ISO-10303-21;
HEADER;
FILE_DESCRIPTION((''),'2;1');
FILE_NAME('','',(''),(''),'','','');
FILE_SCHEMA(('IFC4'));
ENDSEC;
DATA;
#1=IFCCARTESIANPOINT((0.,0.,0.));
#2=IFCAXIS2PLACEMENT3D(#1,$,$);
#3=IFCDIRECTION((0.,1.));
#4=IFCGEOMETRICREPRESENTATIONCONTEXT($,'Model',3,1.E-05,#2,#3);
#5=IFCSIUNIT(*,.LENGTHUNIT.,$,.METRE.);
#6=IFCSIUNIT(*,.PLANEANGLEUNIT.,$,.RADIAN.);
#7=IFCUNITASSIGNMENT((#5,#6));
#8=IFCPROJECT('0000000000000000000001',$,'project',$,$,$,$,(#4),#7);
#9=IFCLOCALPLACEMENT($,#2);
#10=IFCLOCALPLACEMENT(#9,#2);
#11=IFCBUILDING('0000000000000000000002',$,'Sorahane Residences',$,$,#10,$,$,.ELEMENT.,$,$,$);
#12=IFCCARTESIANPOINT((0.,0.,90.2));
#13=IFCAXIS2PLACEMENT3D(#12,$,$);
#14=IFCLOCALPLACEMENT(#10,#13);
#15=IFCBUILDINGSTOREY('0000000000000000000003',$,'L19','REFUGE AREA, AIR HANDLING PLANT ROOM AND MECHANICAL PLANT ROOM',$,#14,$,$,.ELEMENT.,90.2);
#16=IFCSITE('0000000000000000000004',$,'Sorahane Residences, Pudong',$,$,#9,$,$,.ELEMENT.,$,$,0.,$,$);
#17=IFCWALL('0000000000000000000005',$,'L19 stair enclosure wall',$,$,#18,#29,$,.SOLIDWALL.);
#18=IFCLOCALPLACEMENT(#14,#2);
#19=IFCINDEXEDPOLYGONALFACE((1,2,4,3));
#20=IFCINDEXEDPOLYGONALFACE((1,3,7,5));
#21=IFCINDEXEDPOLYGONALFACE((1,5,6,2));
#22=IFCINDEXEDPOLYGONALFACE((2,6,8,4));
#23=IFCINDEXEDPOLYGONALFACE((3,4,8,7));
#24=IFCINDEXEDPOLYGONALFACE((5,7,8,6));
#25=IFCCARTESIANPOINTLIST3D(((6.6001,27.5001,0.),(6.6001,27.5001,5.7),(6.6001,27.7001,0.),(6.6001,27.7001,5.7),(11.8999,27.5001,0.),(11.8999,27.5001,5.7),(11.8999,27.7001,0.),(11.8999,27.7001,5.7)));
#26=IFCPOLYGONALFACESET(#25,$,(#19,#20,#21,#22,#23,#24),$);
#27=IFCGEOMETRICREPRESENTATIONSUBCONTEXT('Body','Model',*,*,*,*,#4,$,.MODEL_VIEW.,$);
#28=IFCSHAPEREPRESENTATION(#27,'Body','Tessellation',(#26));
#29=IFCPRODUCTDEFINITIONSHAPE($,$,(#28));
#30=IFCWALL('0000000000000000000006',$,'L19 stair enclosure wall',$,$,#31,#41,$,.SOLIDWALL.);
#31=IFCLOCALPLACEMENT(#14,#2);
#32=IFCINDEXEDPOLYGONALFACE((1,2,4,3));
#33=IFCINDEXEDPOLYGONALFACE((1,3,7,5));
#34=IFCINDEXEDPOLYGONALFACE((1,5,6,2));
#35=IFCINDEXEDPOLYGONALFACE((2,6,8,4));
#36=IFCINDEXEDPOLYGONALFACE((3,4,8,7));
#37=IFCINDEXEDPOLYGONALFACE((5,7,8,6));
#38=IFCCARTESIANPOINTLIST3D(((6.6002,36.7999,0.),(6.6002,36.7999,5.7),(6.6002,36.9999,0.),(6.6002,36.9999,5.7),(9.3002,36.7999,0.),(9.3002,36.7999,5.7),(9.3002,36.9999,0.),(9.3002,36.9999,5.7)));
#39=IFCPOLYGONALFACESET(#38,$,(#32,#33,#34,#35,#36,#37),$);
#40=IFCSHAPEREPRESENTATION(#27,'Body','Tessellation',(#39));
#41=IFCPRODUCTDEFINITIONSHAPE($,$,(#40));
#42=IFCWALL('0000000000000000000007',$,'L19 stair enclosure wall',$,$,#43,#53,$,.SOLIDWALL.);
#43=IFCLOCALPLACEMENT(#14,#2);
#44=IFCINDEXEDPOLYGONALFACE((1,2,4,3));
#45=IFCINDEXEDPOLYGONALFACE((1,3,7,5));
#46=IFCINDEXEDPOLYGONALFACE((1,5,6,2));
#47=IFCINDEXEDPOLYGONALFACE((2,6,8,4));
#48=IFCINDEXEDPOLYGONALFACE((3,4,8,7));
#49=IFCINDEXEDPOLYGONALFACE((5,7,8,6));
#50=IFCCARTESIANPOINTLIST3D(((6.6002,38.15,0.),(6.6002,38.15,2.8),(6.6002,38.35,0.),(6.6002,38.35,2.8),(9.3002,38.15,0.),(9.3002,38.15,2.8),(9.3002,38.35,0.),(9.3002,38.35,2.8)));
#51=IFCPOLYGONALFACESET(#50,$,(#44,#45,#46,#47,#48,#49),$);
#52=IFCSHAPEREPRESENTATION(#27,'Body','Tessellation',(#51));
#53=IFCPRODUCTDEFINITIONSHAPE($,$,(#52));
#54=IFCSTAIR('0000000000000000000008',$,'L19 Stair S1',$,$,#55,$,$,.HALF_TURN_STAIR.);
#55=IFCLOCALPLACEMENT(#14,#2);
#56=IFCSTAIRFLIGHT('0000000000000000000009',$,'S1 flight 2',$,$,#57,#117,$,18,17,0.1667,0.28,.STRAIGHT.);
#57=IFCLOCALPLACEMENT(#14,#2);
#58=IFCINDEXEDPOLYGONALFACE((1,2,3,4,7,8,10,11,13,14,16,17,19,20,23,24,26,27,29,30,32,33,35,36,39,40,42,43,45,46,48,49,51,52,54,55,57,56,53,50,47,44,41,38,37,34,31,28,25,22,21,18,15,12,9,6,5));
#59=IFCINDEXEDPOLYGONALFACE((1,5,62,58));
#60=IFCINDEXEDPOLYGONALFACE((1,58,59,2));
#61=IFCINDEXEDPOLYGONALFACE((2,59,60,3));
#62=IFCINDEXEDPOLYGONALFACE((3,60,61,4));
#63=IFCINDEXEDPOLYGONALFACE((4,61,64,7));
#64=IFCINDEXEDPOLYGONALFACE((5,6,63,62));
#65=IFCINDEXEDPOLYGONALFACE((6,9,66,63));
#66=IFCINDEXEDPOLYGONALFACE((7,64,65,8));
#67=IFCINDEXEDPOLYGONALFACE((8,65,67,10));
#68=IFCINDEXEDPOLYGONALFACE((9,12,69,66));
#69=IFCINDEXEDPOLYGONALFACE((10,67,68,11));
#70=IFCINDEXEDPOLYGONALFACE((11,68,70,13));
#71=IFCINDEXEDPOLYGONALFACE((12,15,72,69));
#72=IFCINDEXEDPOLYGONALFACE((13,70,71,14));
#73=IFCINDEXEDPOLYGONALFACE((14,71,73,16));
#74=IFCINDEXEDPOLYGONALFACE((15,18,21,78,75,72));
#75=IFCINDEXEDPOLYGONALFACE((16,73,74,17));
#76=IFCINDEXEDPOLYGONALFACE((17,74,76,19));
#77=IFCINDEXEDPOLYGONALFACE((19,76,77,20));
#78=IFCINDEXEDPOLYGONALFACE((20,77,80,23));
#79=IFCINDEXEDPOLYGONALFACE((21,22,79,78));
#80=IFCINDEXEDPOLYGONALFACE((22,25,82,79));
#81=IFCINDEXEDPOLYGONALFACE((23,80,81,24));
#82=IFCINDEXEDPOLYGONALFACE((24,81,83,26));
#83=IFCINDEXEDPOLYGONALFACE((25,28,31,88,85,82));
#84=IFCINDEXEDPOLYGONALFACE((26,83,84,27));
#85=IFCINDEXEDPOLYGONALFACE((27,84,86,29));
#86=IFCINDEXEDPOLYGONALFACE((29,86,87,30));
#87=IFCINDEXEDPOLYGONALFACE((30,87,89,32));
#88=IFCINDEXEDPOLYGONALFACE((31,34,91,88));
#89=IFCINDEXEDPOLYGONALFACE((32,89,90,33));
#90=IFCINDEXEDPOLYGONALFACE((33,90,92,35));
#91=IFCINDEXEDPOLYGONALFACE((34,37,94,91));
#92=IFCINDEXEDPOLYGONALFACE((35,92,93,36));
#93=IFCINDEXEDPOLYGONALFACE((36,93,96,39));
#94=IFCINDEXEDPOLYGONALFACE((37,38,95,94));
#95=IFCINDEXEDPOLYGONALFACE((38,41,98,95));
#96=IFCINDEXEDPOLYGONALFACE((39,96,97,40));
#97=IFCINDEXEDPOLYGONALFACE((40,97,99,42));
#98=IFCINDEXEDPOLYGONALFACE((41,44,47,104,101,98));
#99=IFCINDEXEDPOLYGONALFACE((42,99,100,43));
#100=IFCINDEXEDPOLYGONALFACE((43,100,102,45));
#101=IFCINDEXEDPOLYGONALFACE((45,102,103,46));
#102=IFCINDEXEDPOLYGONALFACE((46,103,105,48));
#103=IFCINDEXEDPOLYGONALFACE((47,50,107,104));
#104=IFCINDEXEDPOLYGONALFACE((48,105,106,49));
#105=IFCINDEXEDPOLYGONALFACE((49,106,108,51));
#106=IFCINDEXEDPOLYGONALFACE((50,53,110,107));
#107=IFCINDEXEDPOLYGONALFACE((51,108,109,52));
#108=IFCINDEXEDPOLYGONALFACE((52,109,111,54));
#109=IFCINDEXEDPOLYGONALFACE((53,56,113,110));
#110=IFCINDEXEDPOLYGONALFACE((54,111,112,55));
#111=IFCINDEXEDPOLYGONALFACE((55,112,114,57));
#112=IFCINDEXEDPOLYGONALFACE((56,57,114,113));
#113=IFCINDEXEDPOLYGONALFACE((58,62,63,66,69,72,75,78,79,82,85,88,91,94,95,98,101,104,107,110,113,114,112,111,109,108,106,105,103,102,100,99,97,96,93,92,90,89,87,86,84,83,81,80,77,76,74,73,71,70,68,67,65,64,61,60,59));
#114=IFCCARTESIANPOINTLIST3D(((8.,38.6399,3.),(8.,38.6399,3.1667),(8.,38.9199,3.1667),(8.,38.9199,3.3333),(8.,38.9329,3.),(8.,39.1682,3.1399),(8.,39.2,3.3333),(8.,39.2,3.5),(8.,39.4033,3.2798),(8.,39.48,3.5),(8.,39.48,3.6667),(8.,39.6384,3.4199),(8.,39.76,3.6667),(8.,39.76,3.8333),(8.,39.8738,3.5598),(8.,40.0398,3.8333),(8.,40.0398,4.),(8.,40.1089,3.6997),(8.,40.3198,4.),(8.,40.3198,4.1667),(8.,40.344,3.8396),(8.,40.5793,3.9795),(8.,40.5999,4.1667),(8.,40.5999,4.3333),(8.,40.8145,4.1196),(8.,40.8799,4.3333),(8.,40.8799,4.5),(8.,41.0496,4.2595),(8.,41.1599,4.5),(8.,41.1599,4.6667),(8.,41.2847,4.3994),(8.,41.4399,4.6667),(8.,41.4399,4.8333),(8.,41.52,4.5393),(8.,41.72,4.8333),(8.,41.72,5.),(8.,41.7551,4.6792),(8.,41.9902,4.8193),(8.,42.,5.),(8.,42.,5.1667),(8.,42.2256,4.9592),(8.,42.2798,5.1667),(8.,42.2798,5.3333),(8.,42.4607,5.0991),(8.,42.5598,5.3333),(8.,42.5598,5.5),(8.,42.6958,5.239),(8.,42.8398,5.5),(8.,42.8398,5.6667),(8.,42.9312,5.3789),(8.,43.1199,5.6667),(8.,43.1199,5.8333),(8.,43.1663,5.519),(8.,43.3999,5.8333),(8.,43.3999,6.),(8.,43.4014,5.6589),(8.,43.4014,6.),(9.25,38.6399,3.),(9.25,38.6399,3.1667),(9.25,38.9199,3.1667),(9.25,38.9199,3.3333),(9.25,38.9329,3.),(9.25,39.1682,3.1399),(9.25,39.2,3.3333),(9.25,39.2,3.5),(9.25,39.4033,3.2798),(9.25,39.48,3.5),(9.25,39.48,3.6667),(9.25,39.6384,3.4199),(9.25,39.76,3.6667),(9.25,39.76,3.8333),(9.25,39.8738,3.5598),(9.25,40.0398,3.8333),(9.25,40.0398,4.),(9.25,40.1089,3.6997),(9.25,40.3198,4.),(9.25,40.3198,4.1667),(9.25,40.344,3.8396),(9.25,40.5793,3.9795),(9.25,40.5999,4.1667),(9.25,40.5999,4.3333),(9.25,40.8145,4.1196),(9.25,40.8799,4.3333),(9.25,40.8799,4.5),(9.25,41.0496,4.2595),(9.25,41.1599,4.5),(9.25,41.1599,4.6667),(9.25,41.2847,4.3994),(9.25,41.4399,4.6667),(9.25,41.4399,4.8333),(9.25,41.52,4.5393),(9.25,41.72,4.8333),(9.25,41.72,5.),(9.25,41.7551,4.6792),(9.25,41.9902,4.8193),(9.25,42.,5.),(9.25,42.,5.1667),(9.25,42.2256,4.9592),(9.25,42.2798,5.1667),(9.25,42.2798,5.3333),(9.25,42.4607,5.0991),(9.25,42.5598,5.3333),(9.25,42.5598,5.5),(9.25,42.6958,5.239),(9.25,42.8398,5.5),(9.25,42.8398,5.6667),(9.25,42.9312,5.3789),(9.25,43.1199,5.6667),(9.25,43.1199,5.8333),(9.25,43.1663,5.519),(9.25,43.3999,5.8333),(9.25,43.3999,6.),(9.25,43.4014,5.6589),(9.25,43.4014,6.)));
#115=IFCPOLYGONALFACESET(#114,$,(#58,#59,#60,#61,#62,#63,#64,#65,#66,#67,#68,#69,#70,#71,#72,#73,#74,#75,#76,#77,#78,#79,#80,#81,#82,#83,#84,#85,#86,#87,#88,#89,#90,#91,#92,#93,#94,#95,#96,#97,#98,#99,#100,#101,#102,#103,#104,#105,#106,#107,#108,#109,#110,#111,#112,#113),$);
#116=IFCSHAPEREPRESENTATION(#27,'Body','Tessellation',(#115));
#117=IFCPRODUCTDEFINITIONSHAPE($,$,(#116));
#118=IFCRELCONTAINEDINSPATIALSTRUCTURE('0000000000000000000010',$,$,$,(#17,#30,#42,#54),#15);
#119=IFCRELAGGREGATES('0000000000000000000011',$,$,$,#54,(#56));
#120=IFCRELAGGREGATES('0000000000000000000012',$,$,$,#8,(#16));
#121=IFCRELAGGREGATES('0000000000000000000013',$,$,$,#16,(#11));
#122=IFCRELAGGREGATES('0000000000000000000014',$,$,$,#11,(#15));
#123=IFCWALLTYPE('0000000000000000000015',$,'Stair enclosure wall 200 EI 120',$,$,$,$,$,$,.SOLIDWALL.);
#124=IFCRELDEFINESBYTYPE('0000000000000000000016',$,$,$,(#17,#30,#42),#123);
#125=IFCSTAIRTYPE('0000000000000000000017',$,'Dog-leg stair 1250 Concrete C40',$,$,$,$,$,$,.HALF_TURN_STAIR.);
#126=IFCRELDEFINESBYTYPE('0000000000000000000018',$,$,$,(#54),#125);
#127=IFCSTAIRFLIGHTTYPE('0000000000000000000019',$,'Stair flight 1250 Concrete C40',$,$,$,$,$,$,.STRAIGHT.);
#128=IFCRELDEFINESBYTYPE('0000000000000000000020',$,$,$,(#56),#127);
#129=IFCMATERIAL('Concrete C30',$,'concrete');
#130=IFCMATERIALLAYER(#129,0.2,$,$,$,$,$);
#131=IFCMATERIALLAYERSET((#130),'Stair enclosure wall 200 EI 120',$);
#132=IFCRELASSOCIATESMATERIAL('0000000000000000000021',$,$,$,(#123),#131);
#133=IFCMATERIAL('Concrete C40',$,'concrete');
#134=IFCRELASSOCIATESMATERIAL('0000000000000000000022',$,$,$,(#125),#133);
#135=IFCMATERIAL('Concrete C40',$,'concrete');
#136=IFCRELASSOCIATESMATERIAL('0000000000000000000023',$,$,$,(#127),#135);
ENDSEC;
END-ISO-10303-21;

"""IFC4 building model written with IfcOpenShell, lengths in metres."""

from ifc_helpers import new_model, si_unit, direction, frame, frame_2d, origin, place, context, subcontext, project, spatial, polyline, rectangle, outline, extrude, material, layer, layer_set, type_object, element, aggregate, save


model = new_model("IFC4")

# Units and contexts
model_context = context("Model", 3, precision=1e-05, world=origin(), true_north=direction((0.0, 1.0)))
body_context = subcontext(model_context, "Body", "Model", "MODEL_VIEW")
ifc_project = project(units=[si_unit("LENGTHUNIT", "METRE"), si_unit("PLANEANGLEUNIT", "RADIAN")], contexts=[model_context])

# Site, building, storey
site_placement = place(None, origin())
site = spatial("IfcSite", under=ifc_project, at=site_placement, Name="Sorahane Residences, Pudong", CompositionType="ELEMENT", RefElevation=0.0)
building_placement = place(site_placement, origin())
building = spatial("IfcBuilding", under=site, at=building_placement, Name="Sorahane Residences", CompositionType="ELEMENT")
storey_placement = place(building_placement, frame((0.0, 0.0, 90.2)))
storey = spatial("IfcBuildingStorey", under=building, at=storey_placement, Name="L19", Description="REFUGE AREA, AIR HANDLING PLANT ROOM AND MECHANICAL PLANT ROOM", CompositionType="ELEMENT", Elevation=90.2)

# Walls
ifc_material_1 = material(Name="Concrete C30", Category="concrete")
ifc_layer_1 = layer(ifc_material_1, 0.2)
ifc_layer_set_1 = layer_set([ifc_layer_1], Name="Stair enclosure wall 200 EI 120")
wall_type_1 = type_object("IfcWallType", Name="Stair enclosure wall 200 EI 120", PredefinedType="SOLIDWALL", material=ifc_layer_set_1)
wall_1_placement = place(storey_placement, frame((6.6001, 27.6001, 0.0), z_axis=(0.0, 0.0, 1.0), x_axis=(1.0, 0.0, 0.0)))
element("IfcWall", 1, at=wall_1_placement, inside=storey, type_object=wall_type_1, Name="L19 stair enclosure wall", PredefinedType="SOLIDWALL", context=body_context, shape_type="SweptSolid", body=[
    extrude(rectangle(XDim=5.2998, YDim=0.2, at=frame_2d((2.6499, 0.0))), origin(), (0.0, 0.0, 1.0), 5.7),
])
wall_2_placement = place(storey_placement, frame((6.6001, 36.8999, 0.0), z_axis=(0.0, 0.0, 1.0), x_axis=(1.0, 0.0, 0.0)))
element("IfcWall", 2, at=wall_2_placement, inside=storey, type_object=wall_type_1, Name="L19 stair enclosure wall", PredefinedType="SOLIDWALL", context=body_context, shape_type="SweptSolid", body=[
    extrude(rectangle(XDim=2.7, YDim=0.2, at=frame_2d((1.3501, 0.0))), origin(), (0.0, 0.0, 1.0), 5.7),
])
wall_3_placement = place(storey_placement, frame((6.6001, 38.25, 0.0), z_axis=(0.0, 0.0, 1.0), x_axis=(1.0, 0.0, 0.0)))
element("IfcWall", 3, at=wall_3_placement, inside=storey, type_object=wall_type_1, Name="L19 stair enclosure wall", PredefinedType="SOLIDWALL", context=body_context, shape_type="SweptSolid", body=[
    extrude(rectangle(XDim=2.7, YDim=0.2, at=frame_2d((1.3501, 0.0))), origin(), (0.0, 0.0, 1.0), 2.8),
])

# Stair, stair flight
ifc_material_2 = material(Name="Concrete C40", Category="concrete")
stair_type = type_object("IfcStairType", Name="Dog-leg stair 1250 Concrete C40", PredefinedType="HALF_TURN_STAIR", material=ifc_material_2)
stair_1_placement = place(storey_placement, origin())
stair_1 = element("IfcStair", 4, at=stair_1_placement, inside=storey, type_object=stair_type, Name="L19 Stair S1", PredefinedType="HALF_TURN_STAIR")
ifc_material_3 = material(Name="Concrete C40", Category="concrete")
stair_flight_type = type_object("IfcStairFlightType", Name="Stair flight 1250 Concrete C40", PredefinedType="STRAIGHT", material=ifc_material_3)
stair_flight_1_placement = place(storey_placement, frame((8.625, 38.6399, 3.0), z_axis=(0.0, 0.0, 1.0), x_axis=(0.0, 1.0, 0.0)))
stair_flight_1 = element("IfcStairFlight", 5, at=stair_flight_1_placement, type_object=stair_flight_type, Name="S1 flight 2", NumberOfRisers=18, NumberOfTreads=17, PredefinedType="STRAIGHT", RiserHeight=0.1667, TreadLength=0.28, context=body_context, shape_type="SweptSolid", body=[
    extrude(outline(polyline([(0.0, 0.0), (0.0, 0.1667), (0.28, 0.1667), (0.28, 0.3333), (0.5601, 0.3333), (0.5601, 0.5), (0.8401, 0.5), (0.8401, 0.6667), (1.1201, 0.6667), (1.1201, 0.8333), (1.3999, 0.8333), (1.3999, 1.0), (1.6799, 1.0), (1.6799, 1.1667), (1.96, 1.1667), (1.96, 1.3333), (2.24, 1.3333), (2.24, 1.5), (2.52, 1.5), (2.52, 1.6667), (2.8, 1.6667), (2.8, 1.8333), (3.0801, 1.8333), (3.0801, 2.0), (3.3601, 2.0), (3.3601, 2.1667), (3.6399, 2.1667), (3.6399, 2.3333), (3.9199, 2.3333), (3.9199, 2.5), (4.2, 2.5), (4.2, 2.6667), (4.48, 2.6667), (4.48, 2.8333), (4.76, 2.8333), (4.76, 3.0), (4.7615, 3.0), (4.7615, 2.6589), (4.5264, 2.519), (4.2913, 2.3789), (4.0559, 2.239), (3.8208, 2.0991), (3.5857, 1.9592), (3.3503, 1.8193), (3.1152, 1.6792), (2.8801, 1.5393), (2.6448, 1.3994), (2.4097, 1.2595), (2.1746, 1.1196), (1.9395, 0.9795), (1.7041, 0.8396), (1.469, 0.6997), (1.2339, 0.5598), (0.9985, 0.4199), (0.7634, 0.2798), (0.5283, 0.1399), (0.293, 0.0), (0.0, 0.0)])), frame((0.0, 0.625, 0.0), z_axis=(0.0, -1.0, 0.0), x_axis=(1.0, 0.0, 0.0)), (0.0, 0.0, 1.0), 1.25),
])
aggregate(stair_1, [stair_flight_1])

save(model, "model.ifc")
